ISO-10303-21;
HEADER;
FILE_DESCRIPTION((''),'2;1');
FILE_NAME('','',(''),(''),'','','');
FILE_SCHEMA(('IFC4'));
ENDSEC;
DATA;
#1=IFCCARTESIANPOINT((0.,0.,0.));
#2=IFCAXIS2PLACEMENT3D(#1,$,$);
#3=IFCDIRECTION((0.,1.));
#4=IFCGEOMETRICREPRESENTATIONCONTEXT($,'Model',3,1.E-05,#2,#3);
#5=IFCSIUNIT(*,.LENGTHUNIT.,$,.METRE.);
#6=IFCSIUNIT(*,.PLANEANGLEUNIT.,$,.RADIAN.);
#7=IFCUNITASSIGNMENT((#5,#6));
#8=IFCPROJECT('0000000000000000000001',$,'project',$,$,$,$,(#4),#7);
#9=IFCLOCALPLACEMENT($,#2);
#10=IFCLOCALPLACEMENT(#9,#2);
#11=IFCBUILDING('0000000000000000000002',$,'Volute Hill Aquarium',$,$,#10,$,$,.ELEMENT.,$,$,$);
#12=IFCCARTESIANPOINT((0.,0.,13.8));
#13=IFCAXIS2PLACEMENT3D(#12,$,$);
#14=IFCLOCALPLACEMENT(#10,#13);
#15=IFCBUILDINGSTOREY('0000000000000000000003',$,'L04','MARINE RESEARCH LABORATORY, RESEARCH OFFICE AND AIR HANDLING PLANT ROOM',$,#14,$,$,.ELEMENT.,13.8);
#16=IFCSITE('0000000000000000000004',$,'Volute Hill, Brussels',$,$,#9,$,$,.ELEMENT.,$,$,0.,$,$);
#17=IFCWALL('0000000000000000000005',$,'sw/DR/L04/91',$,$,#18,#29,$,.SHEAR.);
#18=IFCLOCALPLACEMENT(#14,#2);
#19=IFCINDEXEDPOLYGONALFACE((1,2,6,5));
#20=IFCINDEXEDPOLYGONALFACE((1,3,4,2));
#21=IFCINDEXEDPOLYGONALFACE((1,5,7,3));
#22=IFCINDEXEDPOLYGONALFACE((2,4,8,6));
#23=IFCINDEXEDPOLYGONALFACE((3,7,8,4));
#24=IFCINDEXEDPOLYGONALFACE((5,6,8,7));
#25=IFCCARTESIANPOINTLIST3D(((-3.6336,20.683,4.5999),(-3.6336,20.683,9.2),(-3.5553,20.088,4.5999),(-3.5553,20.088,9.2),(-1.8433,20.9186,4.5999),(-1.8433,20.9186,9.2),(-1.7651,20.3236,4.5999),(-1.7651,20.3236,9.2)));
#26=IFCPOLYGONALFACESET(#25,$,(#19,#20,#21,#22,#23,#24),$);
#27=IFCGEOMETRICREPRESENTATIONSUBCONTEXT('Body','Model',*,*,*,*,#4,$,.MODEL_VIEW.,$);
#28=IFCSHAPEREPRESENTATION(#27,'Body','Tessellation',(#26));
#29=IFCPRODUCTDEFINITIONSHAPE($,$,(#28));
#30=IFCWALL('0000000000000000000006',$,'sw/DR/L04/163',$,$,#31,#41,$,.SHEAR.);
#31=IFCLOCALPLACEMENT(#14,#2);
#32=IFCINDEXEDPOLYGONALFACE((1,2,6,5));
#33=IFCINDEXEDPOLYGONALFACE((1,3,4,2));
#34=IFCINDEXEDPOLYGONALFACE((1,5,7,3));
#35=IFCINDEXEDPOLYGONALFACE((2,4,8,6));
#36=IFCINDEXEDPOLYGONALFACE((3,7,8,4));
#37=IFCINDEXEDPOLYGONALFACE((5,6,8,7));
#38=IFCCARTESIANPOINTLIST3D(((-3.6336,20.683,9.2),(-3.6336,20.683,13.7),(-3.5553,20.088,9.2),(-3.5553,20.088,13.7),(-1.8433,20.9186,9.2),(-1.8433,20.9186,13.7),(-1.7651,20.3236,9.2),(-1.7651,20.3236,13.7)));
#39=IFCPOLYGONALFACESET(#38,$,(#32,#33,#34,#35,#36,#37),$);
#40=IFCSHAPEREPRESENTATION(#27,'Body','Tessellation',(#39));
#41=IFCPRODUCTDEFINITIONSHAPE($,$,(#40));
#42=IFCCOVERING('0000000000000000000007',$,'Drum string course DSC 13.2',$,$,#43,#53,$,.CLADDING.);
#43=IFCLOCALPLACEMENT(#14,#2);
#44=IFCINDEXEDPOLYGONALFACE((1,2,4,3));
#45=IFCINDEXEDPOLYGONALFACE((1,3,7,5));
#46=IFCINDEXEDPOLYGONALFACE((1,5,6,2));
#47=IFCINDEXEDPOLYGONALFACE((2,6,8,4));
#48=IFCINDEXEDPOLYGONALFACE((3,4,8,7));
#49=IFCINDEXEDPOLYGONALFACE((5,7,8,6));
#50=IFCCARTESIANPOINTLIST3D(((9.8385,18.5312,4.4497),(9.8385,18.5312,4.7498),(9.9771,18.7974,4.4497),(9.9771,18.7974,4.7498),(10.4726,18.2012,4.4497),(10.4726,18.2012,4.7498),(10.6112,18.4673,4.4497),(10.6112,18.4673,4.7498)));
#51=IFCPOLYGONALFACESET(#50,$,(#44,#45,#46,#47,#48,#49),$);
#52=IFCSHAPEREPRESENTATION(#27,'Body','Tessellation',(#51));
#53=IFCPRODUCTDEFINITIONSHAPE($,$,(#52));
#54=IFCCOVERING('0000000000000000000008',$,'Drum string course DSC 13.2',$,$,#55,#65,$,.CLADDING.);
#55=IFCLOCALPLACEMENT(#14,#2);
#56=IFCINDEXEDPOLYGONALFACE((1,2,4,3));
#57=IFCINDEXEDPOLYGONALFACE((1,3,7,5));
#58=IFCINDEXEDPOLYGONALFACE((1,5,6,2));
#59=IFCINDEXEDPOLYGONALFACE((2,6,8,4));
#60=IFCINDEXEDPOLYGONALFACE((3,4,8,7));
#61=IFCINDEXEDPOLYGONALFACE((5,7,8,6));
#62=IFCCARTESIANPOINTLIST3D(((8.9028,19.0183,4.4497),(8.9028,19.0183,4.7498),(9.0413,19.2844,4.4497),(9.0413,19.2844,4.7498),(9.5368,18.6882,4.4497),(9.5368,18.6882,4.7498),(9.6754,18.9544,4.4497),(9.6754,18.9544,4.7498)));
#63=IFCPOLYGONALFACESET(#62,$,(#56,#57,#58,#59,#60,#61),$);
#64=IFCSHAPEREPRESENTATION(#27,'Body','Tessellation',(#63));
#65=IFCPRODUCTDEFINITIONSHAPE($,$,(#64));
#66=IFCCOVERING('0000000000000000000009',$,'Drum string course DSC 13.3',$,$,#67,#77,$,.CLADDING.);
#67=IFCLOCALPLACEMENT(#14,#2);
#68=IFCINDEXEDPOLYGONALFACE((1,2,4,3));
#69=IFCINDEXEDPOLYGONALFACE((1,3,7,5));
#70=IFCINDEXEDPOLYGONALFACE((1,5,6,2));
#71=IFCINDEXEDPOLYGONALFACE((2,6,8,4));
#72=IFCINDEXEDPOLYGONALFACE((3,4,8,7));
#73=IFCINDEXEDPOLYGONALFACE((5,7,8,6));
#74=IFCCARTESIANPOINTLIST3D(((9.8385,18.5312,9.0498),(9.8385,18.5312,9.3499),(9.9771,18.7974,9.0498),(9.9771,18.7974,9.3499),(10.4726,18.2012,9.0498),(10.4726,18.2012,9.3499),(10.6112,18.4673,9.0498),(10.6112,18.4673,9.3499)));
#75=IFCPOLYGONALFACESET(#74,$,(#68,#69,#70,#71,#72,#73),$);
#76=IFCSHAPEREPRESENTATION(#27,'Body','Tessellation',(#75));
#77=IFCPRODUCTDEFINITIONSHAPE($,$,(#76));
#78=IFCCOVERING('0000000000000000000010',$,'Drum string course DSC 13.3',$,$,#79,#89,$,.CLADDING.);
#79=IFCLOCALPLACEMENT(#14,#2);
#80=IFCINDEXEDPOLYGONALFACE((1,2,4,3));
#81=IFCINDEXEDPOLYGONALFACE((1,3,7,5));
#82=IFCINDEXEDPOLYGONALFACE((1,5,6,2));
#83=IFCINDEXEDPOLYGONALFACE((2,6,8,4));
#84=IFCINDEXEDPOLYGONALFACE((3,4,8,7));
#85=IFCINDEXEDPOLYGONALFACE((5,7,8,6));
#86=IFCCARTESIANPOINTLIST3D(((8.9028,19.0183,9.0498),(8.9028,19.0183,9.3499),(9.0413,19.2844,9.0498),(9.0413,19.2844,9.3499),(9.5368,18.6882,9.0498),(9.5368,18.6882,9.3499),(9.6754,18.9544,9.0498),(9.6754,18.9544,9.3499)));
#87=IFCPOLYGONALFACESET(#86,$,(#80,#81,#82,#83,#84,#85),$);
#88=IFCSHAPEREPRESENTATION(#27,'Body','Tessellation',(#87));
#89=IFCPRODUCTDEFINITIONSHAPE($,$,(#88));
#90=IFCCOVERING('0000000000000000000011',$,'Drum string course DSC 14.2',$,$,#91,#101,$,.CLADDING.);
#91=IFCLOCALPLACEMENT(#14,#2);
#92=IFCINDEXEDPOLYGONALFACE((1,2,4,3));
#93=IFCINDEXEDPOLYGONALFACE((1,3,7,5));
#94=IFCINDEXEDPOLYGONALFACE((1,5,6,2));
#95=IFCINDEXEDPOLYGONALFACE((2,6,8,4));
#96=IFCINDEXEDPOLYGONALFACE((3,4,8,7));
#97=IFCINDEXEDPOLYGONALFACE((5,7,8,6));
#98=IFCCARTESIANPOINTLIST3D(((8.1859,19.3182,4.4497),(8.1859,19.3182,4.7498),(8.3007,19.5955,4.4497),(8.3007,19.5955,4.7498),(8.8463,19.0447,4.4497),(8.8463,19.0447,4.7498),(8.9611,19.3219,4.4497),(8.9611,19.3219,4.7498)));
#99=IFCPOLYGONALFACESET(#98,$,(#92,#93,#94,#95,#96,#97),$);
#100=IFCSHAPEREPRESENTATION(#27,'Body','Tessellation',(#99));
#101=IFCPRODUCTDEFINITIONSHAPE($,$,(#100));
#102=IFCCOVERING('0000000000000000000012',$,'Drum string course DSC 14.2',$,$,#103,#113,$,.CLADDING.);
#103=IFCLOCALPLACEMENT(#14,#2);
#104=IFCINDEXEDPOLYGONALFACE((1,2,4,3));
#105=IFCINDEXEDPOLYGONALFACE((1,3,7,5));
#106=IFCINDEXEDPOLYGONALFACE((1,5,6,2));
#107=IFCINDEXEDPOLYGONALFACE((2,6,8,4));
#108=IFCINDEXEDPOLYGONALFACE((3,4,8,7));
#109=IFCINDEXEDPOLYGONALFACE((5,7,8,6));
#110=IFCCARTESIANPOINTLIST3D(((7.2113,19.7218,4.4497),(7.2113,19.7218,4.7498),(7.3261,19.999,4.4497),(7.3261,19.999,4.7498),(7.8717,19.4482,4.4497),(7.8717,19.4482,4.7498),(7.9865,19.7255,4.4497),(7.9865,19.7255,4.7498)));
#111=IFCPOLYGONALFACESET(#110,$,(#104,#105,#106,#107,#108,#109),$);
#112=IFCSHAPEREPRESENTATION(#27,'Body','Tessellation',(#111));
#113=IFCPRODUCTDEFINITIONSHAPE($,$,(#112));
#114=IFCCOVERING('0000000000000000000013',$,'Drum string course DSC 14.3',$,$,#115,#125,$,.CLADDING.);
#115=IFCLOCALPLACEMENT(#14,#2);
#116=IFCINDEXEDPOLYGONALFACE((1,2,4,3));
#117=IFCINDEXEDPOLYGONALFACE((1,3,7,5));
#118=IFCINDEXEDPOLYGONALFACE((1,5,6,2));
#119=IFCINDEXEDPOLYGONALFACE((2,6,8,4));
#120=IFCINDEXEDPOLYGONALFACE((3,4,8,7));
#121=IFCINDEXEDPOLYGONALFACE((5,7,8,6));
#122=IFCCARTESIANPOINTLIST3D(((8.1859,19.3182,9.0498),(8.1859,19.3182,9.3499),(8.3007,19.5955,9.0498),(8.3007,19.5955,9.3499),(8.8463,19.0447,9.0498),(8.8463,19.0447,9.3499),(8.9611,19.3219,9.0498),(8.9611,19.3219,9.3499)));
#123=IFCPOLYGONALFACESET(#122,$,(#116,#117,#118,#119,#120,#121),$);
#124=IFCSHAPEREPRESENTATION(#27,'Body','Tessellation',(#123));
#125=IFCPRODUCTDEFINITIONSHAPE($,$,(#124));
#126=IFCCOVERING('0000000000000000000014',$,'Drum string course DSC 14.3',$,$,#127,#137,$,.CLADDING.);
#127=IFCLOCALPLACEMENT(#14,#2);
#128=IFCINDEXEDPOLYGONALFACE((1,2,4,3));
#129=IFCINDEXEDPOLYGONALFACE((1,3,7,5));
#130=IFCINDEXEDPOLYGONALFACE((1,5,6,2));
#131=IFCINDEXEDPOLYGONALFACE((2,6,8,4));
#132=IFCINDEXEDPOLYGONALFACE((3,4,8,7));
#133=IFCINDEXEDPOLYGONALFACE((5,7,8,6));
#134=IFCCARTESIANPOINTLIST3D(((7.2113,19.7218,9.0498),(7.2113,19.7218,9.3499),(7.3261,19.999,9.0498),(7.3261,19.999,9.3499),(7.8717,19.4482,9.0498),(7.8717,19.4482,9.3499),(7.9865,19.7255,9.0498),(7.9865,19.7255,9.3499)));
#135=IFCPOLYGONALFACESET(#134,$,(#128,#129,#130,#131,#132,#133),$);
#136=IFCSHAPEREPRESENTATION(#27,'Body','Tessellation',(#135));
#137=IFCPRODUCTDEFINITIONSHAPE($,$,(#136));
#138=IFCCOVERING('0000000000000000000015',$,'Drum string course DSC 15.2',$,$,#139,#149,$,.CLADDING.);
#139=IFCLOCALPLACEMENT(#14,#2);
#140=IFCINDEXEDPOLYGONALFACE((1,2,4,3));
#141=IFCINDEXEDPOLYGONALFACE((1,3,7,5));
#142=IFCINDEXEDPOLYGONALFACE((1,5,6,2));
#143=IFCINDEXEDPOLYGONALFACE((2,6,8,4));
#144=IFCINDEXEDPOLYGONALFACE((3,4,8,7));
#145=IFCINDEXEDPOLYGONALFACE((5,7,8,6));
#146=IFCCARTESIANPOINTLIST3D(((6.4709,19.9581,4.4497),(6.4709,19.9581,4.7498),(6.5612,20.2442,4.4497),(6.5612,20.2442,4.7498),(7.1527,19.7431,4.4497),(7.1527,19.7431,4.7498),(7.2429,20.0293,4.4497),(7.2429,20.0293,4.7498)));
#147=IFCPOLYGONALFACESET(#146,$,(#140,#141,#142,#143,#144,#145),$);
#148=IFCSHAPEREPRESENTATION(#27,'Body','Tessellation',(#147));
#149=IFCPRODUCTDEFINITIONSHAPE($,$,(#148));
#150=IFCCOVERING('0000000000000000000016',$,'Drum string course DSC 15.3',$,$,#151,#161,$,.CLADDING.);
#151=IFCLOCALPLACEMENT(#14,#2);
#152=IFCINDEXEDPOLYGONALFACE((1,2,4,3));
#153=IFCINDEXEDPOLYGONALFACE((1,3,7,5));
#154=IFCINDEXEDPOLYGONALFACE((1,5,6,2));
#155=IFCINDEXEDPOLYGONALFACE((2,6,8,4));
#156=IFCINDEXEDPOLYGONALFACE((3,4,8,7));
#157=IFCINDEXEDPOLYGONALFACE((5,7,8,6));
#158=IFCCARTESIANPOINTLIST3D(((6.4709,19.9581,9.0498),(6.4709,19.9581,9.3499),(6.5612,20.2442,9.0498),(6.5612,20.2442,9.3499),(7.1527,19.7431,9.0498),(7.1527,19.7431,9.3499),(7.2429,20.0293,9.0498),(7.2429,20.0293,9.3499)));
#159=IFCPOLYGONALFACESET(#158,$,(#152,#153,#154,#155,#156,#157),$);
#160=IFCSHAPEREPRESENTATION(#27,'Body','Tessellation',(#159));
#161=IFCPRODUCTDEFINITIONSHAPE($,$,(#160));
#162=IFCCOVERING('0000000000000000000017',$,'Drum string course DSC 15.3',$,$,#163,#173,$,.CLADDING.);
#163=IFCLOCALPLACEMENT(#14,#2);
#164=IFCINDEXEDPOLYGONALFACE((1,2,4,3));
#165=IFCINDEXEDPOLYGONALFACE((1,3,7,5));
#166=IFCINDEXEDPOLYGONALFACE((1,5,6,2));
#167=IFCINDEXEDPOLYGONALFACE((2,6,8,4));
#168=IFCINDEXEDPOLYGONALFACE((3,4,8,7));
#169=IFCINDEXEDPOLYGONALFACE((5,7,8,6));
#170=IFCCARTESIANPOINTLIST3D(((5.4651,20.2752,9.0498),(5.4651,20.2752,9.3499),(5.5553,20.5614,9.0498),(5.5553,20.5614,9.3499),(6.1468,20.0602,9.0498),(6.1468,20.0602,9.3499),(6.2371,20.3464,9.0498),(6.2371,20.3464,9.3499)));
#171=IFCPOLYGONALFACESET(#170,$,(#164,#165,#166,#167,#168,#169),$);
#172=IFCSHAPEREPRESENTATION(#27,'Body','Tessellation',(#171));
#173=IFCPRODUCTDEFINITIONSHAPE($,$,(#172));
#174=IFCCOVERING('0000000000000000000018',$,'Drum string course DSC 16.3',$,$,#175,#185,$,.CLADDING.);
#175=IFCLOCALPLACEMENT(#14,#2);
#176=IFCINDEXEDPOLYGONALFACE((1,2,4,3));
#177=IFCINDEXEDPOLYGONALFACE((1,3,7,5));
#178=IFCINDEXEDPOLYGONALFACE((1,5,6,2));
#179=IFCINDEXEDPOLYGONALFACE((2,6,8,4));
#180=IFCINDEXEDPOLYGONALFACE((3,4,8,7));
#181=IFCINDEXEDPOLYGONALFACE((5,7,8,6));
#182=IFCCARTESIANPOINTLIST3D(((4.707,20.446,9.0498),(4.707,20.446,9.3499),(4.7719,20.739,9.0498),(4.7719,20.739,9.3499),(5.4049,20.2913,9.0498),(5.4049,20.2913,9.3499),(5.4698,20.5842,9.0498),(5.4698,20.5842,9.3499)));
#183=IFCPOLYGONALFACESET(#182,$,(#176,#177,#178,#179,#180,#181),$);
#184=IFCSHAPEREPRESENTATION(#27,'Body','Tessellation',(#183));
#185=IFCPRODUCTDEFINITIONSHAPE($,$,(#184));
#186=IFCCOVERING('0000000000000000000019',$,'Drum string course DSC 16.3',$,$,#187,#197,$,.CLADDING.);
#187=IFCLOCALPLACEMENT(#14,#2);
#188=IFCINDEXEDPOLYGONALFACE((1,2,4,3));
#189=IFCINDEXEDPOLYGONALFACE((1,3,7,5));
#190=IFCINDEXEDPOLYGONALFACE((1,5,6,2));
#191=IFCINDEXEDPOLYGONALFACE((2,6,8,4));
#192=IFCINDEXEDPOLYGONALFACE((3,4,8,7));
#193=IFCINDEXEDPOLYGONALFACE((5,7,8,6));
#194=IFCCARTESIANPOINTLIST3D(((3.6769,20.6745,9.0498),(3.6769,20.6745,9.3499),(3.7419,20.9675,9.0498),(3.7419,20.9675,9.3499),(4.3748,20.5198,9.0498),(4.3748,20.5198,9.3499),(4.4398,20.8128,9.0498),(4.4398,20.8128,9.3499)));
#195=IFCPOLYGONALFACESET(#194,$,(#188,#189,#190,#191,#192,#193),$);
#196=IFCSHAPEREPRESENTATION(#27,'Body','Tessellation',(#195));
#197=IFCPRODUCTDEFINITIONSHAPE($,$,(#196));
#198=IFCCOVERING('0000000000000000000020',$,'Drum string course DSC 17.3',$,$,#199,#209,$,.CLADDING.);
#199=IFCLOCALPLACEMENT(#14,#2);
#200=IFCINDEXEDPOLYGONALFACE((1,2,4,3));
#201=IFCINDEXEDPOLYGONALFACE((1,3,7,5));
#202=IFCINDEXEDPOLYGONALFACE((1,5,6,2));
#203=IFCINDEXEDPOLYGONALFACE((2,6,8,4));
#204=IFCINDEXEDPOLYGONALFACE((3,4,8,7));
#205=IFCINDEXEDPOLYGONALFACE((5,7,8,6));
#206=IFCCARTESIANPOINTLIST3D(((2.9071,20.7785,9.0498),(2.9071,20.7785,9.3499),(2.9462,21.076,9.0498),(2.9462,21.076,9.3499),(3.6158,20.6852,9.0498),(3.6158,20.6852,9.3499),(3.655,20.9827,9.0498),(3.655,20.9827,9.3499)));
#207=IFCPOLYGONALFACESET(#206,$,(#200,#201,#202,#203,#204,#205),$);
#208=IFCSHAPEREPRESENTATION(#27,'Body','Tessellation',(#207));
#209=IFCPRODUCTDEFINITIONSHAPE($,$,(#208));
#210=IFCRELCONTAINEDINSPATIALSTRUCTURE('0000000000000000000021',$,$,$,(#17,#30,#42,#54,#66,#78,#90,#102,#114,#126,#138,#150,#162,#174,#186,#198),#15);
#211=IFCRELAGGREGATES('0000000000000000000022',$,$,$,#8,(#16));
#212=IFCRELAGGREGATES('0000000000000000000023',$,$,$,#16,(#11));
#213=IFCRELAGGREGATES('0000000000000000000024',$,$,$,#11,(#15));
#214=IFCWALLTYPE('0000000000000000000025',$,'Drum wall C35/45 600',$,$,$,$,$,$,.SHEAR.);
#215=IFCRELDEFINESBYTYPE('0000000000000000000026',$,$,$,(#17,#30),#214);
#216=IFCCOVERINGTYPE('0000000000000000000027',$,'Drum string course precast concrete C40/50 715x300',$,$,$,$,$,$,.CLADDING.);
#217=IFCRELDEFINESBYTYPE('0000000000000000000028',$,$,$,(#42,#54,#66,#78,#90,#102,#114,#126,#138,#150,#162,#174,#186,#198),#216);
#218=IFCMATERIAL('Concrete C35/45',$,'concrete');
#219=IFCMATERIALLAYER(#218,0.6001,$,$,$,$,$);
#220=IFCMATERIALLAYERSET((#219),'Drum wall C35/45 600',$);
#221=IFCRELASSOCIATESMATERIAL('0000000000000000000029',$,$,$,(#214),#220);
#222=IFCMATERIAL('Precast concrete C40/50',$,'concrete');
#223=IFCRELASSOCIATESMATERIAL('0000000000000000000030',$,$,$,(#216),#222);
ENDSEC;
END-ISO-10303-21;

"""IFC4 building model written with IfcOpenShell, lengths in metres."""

from ifc_helpers import new_model, si_unit, direction, frame, frame_2d, origin, origin_2d, place, context, subcontext, project, spatial, rectangle, extrude, material, layer, layer_set, type_object, element, save


model = new_model("IFC4")

# Units and contexts
model_context = context("Model", 3, precision=1e-05, world=origin(), true_north=direction((0.0, 1.0)))
body_context = subcontext(model_context, "Body", "Model", "MODEL_VIEW")
ifc_project = project(units=[si_unit("LENGTHUNIT", "METRE"), si_unit("PLANEANGLEUNIT", "RADIAN")], contexts=[model_context])

# Site, building, storey
site_placement = place(None, origin())
site = spatial("IfcSite", under=ifc_project, at=site_placement, Name="Volute Hill, Brussels", CompositionType="ELEMENT", RefElevation=0.0)
building_placement = place(site_placement, origin())
building = spatial("IfcBuilding", under=site, at=building_placement, Name="Volute Hill Aquarium", CompositionType="ELEMENT")
storey_placement = place(building_placement, frame((0.0, 0.0, 13.8)))
storey = spatial("IfcBuildingStorey", under=building, at=storey_placement, Name="L04", Description="MARINE RESEARCH LABORATORY, RESEARCH OFFICE AND AIR HANDLING PLANT ROOM", CompositionType="ELEMENT", Elevation=13.8)

# Walls
ifc_material_1 = material(Name="Concrete C35/45", Category="concrete")
ifc_layer_1 = layer(ifc_material_1, 0.6001)
ifc_layer_set_1 = layer_set([ifc_layer_1], Name="Drum wall C35/45 600")
wall_type = type_object("IfcWallType", Name="Drum wall C35/45 600", PredefinedType="SHEAR", material=ifc_layer_set_1)
wall_1_placement = place(storey_placement, frame((-1.8042, 20.6211, 4.5999), z_axis=(0.0, 0.0, 1.0), x_axis=(-0.991452, -0.130472, 0.0)))
element("IfcWall", 1, at=wall_1_placement, inside=storey, type_object=wall_type, Name="sw/DR/L04/91", PredefinedType="SHEAR", context=body_context, shape_type="SweptSolid", body=[
    extrude(rectangle(XDim=1.8057, YDim=0.6001, at=frame_2d((0.9028, 0.0))), origin(), (0.0, 0.0, 1.0), 4.6001),
])
wall_2_placement = place(storey_placement, frame((-1.8042, 20.6211, 9.2), z_axis=(0.0, 0.0, 1.0), x_axis=(-0.991452, -0.130472, 0.0)))
element("IfcWall", 2, at=wall_2_placement, inside=storey, type_object=wall_type, Name="sw/DR/L04/163", PredefinedType="SHEAR", context=body_context, shape_type="SweptSolid", body=[
    extrude(rectangle(XDim=1.8057, YDim=0.6001, at=frame_2d((0.9028, 0.0))), origin(), (0.0, 0.0, 1.0), 4.5),
])

# Coverings
ifc_material_2 = material(Name="Precast concrete C40/50", Category="concrete")
covering_type = type_object("IfcCoveringType", Name="Drum string course precast concrete C40/50 715x300", PredefinedType="CLADDING", material=ifc_material_2)
for number, where, z_axis, x_axis, name in (
    (3, (10.2249, 18.4993, 4.4497), (0.0, 0.0, 1.0), (-0.887011, 0.461749, 0.0), "Drum string course DSC 13.2"),
    (4, (9.2891, 18.9863, 4.4497), (0.0, 0.0, 1.0), (-0.887011, 0.461749, 0.0), "Drum string course DSC 13.2"),
    (5, (10.2249, 18.4993, 9.0498), (0.0, 0.0, 1.0), (-0.887011, 0.461749, 0.0), "Drum string course DSC 13.3"),
    (6, (9.2891, 18.9863, 9.0498), (0.0, 0.0, 1.0), (-0.887011, 0.461749, 0.0), "Drum string course DSC 13.3"),
    (7, (8.5735, 19.3201, 4.4497), (0.0, 0.0, 1.0), (-0.92388, 0.382683, 0.0), "Drum string course DSC 14.2"),
    (8, (7.5989, 19.7236, 4.4497), (0.0, 0.0, 1.0), (-0.92388, 0.382683, 0.0), "Drum string course DSC 14.2"),
    (9, (8.5735, 19.3201, 9.0498), (0.0, 0.0, 1.0), (-0.92388, 0.382683, 0.0), "Drum string course DSC 14.3"),
    (10, (7.5989, 19.7236, 9.0498), (0.0, 0.0, 1.0), (-0.92388, 0.382683, 0.0), "Drum string course DSC 14.3"),
    (11, (6.8569, 19.9937, 4.4497), (0.0, 0.0, 1.0), (-0.953717, 0.300706, 0.0), "Drum string course DSC 15.2"),
    (12, (6.8569, 19.9937, 9.0498), (0.0, 0.0, 1.0), (-0.953717, 0.300706, 0.0), "Drum string course DSC 15.3"),
    (13, (5.8511, 20.3108, 9.0498), (0.0, 0.0, 1.0), (-0.953717, 0.300706, 0.0), "Drum string course DSC 15.3"),
    (14, (5.0884, 20.5151, 9.0498), (0.0, 0.0, 1.0), (-0.976296, 0.21644, 0.0), "Drum string course DSC 16.3"),
    (15, (4.0583, 20.7437, 9.0498), (0.0, 0.0, 1.0), (-0.976296, 0.21644, 0.0), "Drum string course DSC 16.3"),
    (16, (3.281, 20.8806, 9.0498), (0.0, 0.0, 1.0), (-0.991445, 0.130526, 0.0), "Drum string course DSC 17.3"),
):
    element("IfcCovering", number, at=place(storey_placement, frame(where, z_axis=z_axis, x_axis=x_axis)), inside=storey, type_object=covering_type, Name=name, PredefinedType="CLADDING", context=body_context, shape_type="SweptSolid", body=[
        extrude(rectangle(XDim=0.7148, YDim=0.3, at=origin_2d()), origin(), (0.0, 0.0, 1.0), 0.3),
    ])

save(model, "model.ifc")
